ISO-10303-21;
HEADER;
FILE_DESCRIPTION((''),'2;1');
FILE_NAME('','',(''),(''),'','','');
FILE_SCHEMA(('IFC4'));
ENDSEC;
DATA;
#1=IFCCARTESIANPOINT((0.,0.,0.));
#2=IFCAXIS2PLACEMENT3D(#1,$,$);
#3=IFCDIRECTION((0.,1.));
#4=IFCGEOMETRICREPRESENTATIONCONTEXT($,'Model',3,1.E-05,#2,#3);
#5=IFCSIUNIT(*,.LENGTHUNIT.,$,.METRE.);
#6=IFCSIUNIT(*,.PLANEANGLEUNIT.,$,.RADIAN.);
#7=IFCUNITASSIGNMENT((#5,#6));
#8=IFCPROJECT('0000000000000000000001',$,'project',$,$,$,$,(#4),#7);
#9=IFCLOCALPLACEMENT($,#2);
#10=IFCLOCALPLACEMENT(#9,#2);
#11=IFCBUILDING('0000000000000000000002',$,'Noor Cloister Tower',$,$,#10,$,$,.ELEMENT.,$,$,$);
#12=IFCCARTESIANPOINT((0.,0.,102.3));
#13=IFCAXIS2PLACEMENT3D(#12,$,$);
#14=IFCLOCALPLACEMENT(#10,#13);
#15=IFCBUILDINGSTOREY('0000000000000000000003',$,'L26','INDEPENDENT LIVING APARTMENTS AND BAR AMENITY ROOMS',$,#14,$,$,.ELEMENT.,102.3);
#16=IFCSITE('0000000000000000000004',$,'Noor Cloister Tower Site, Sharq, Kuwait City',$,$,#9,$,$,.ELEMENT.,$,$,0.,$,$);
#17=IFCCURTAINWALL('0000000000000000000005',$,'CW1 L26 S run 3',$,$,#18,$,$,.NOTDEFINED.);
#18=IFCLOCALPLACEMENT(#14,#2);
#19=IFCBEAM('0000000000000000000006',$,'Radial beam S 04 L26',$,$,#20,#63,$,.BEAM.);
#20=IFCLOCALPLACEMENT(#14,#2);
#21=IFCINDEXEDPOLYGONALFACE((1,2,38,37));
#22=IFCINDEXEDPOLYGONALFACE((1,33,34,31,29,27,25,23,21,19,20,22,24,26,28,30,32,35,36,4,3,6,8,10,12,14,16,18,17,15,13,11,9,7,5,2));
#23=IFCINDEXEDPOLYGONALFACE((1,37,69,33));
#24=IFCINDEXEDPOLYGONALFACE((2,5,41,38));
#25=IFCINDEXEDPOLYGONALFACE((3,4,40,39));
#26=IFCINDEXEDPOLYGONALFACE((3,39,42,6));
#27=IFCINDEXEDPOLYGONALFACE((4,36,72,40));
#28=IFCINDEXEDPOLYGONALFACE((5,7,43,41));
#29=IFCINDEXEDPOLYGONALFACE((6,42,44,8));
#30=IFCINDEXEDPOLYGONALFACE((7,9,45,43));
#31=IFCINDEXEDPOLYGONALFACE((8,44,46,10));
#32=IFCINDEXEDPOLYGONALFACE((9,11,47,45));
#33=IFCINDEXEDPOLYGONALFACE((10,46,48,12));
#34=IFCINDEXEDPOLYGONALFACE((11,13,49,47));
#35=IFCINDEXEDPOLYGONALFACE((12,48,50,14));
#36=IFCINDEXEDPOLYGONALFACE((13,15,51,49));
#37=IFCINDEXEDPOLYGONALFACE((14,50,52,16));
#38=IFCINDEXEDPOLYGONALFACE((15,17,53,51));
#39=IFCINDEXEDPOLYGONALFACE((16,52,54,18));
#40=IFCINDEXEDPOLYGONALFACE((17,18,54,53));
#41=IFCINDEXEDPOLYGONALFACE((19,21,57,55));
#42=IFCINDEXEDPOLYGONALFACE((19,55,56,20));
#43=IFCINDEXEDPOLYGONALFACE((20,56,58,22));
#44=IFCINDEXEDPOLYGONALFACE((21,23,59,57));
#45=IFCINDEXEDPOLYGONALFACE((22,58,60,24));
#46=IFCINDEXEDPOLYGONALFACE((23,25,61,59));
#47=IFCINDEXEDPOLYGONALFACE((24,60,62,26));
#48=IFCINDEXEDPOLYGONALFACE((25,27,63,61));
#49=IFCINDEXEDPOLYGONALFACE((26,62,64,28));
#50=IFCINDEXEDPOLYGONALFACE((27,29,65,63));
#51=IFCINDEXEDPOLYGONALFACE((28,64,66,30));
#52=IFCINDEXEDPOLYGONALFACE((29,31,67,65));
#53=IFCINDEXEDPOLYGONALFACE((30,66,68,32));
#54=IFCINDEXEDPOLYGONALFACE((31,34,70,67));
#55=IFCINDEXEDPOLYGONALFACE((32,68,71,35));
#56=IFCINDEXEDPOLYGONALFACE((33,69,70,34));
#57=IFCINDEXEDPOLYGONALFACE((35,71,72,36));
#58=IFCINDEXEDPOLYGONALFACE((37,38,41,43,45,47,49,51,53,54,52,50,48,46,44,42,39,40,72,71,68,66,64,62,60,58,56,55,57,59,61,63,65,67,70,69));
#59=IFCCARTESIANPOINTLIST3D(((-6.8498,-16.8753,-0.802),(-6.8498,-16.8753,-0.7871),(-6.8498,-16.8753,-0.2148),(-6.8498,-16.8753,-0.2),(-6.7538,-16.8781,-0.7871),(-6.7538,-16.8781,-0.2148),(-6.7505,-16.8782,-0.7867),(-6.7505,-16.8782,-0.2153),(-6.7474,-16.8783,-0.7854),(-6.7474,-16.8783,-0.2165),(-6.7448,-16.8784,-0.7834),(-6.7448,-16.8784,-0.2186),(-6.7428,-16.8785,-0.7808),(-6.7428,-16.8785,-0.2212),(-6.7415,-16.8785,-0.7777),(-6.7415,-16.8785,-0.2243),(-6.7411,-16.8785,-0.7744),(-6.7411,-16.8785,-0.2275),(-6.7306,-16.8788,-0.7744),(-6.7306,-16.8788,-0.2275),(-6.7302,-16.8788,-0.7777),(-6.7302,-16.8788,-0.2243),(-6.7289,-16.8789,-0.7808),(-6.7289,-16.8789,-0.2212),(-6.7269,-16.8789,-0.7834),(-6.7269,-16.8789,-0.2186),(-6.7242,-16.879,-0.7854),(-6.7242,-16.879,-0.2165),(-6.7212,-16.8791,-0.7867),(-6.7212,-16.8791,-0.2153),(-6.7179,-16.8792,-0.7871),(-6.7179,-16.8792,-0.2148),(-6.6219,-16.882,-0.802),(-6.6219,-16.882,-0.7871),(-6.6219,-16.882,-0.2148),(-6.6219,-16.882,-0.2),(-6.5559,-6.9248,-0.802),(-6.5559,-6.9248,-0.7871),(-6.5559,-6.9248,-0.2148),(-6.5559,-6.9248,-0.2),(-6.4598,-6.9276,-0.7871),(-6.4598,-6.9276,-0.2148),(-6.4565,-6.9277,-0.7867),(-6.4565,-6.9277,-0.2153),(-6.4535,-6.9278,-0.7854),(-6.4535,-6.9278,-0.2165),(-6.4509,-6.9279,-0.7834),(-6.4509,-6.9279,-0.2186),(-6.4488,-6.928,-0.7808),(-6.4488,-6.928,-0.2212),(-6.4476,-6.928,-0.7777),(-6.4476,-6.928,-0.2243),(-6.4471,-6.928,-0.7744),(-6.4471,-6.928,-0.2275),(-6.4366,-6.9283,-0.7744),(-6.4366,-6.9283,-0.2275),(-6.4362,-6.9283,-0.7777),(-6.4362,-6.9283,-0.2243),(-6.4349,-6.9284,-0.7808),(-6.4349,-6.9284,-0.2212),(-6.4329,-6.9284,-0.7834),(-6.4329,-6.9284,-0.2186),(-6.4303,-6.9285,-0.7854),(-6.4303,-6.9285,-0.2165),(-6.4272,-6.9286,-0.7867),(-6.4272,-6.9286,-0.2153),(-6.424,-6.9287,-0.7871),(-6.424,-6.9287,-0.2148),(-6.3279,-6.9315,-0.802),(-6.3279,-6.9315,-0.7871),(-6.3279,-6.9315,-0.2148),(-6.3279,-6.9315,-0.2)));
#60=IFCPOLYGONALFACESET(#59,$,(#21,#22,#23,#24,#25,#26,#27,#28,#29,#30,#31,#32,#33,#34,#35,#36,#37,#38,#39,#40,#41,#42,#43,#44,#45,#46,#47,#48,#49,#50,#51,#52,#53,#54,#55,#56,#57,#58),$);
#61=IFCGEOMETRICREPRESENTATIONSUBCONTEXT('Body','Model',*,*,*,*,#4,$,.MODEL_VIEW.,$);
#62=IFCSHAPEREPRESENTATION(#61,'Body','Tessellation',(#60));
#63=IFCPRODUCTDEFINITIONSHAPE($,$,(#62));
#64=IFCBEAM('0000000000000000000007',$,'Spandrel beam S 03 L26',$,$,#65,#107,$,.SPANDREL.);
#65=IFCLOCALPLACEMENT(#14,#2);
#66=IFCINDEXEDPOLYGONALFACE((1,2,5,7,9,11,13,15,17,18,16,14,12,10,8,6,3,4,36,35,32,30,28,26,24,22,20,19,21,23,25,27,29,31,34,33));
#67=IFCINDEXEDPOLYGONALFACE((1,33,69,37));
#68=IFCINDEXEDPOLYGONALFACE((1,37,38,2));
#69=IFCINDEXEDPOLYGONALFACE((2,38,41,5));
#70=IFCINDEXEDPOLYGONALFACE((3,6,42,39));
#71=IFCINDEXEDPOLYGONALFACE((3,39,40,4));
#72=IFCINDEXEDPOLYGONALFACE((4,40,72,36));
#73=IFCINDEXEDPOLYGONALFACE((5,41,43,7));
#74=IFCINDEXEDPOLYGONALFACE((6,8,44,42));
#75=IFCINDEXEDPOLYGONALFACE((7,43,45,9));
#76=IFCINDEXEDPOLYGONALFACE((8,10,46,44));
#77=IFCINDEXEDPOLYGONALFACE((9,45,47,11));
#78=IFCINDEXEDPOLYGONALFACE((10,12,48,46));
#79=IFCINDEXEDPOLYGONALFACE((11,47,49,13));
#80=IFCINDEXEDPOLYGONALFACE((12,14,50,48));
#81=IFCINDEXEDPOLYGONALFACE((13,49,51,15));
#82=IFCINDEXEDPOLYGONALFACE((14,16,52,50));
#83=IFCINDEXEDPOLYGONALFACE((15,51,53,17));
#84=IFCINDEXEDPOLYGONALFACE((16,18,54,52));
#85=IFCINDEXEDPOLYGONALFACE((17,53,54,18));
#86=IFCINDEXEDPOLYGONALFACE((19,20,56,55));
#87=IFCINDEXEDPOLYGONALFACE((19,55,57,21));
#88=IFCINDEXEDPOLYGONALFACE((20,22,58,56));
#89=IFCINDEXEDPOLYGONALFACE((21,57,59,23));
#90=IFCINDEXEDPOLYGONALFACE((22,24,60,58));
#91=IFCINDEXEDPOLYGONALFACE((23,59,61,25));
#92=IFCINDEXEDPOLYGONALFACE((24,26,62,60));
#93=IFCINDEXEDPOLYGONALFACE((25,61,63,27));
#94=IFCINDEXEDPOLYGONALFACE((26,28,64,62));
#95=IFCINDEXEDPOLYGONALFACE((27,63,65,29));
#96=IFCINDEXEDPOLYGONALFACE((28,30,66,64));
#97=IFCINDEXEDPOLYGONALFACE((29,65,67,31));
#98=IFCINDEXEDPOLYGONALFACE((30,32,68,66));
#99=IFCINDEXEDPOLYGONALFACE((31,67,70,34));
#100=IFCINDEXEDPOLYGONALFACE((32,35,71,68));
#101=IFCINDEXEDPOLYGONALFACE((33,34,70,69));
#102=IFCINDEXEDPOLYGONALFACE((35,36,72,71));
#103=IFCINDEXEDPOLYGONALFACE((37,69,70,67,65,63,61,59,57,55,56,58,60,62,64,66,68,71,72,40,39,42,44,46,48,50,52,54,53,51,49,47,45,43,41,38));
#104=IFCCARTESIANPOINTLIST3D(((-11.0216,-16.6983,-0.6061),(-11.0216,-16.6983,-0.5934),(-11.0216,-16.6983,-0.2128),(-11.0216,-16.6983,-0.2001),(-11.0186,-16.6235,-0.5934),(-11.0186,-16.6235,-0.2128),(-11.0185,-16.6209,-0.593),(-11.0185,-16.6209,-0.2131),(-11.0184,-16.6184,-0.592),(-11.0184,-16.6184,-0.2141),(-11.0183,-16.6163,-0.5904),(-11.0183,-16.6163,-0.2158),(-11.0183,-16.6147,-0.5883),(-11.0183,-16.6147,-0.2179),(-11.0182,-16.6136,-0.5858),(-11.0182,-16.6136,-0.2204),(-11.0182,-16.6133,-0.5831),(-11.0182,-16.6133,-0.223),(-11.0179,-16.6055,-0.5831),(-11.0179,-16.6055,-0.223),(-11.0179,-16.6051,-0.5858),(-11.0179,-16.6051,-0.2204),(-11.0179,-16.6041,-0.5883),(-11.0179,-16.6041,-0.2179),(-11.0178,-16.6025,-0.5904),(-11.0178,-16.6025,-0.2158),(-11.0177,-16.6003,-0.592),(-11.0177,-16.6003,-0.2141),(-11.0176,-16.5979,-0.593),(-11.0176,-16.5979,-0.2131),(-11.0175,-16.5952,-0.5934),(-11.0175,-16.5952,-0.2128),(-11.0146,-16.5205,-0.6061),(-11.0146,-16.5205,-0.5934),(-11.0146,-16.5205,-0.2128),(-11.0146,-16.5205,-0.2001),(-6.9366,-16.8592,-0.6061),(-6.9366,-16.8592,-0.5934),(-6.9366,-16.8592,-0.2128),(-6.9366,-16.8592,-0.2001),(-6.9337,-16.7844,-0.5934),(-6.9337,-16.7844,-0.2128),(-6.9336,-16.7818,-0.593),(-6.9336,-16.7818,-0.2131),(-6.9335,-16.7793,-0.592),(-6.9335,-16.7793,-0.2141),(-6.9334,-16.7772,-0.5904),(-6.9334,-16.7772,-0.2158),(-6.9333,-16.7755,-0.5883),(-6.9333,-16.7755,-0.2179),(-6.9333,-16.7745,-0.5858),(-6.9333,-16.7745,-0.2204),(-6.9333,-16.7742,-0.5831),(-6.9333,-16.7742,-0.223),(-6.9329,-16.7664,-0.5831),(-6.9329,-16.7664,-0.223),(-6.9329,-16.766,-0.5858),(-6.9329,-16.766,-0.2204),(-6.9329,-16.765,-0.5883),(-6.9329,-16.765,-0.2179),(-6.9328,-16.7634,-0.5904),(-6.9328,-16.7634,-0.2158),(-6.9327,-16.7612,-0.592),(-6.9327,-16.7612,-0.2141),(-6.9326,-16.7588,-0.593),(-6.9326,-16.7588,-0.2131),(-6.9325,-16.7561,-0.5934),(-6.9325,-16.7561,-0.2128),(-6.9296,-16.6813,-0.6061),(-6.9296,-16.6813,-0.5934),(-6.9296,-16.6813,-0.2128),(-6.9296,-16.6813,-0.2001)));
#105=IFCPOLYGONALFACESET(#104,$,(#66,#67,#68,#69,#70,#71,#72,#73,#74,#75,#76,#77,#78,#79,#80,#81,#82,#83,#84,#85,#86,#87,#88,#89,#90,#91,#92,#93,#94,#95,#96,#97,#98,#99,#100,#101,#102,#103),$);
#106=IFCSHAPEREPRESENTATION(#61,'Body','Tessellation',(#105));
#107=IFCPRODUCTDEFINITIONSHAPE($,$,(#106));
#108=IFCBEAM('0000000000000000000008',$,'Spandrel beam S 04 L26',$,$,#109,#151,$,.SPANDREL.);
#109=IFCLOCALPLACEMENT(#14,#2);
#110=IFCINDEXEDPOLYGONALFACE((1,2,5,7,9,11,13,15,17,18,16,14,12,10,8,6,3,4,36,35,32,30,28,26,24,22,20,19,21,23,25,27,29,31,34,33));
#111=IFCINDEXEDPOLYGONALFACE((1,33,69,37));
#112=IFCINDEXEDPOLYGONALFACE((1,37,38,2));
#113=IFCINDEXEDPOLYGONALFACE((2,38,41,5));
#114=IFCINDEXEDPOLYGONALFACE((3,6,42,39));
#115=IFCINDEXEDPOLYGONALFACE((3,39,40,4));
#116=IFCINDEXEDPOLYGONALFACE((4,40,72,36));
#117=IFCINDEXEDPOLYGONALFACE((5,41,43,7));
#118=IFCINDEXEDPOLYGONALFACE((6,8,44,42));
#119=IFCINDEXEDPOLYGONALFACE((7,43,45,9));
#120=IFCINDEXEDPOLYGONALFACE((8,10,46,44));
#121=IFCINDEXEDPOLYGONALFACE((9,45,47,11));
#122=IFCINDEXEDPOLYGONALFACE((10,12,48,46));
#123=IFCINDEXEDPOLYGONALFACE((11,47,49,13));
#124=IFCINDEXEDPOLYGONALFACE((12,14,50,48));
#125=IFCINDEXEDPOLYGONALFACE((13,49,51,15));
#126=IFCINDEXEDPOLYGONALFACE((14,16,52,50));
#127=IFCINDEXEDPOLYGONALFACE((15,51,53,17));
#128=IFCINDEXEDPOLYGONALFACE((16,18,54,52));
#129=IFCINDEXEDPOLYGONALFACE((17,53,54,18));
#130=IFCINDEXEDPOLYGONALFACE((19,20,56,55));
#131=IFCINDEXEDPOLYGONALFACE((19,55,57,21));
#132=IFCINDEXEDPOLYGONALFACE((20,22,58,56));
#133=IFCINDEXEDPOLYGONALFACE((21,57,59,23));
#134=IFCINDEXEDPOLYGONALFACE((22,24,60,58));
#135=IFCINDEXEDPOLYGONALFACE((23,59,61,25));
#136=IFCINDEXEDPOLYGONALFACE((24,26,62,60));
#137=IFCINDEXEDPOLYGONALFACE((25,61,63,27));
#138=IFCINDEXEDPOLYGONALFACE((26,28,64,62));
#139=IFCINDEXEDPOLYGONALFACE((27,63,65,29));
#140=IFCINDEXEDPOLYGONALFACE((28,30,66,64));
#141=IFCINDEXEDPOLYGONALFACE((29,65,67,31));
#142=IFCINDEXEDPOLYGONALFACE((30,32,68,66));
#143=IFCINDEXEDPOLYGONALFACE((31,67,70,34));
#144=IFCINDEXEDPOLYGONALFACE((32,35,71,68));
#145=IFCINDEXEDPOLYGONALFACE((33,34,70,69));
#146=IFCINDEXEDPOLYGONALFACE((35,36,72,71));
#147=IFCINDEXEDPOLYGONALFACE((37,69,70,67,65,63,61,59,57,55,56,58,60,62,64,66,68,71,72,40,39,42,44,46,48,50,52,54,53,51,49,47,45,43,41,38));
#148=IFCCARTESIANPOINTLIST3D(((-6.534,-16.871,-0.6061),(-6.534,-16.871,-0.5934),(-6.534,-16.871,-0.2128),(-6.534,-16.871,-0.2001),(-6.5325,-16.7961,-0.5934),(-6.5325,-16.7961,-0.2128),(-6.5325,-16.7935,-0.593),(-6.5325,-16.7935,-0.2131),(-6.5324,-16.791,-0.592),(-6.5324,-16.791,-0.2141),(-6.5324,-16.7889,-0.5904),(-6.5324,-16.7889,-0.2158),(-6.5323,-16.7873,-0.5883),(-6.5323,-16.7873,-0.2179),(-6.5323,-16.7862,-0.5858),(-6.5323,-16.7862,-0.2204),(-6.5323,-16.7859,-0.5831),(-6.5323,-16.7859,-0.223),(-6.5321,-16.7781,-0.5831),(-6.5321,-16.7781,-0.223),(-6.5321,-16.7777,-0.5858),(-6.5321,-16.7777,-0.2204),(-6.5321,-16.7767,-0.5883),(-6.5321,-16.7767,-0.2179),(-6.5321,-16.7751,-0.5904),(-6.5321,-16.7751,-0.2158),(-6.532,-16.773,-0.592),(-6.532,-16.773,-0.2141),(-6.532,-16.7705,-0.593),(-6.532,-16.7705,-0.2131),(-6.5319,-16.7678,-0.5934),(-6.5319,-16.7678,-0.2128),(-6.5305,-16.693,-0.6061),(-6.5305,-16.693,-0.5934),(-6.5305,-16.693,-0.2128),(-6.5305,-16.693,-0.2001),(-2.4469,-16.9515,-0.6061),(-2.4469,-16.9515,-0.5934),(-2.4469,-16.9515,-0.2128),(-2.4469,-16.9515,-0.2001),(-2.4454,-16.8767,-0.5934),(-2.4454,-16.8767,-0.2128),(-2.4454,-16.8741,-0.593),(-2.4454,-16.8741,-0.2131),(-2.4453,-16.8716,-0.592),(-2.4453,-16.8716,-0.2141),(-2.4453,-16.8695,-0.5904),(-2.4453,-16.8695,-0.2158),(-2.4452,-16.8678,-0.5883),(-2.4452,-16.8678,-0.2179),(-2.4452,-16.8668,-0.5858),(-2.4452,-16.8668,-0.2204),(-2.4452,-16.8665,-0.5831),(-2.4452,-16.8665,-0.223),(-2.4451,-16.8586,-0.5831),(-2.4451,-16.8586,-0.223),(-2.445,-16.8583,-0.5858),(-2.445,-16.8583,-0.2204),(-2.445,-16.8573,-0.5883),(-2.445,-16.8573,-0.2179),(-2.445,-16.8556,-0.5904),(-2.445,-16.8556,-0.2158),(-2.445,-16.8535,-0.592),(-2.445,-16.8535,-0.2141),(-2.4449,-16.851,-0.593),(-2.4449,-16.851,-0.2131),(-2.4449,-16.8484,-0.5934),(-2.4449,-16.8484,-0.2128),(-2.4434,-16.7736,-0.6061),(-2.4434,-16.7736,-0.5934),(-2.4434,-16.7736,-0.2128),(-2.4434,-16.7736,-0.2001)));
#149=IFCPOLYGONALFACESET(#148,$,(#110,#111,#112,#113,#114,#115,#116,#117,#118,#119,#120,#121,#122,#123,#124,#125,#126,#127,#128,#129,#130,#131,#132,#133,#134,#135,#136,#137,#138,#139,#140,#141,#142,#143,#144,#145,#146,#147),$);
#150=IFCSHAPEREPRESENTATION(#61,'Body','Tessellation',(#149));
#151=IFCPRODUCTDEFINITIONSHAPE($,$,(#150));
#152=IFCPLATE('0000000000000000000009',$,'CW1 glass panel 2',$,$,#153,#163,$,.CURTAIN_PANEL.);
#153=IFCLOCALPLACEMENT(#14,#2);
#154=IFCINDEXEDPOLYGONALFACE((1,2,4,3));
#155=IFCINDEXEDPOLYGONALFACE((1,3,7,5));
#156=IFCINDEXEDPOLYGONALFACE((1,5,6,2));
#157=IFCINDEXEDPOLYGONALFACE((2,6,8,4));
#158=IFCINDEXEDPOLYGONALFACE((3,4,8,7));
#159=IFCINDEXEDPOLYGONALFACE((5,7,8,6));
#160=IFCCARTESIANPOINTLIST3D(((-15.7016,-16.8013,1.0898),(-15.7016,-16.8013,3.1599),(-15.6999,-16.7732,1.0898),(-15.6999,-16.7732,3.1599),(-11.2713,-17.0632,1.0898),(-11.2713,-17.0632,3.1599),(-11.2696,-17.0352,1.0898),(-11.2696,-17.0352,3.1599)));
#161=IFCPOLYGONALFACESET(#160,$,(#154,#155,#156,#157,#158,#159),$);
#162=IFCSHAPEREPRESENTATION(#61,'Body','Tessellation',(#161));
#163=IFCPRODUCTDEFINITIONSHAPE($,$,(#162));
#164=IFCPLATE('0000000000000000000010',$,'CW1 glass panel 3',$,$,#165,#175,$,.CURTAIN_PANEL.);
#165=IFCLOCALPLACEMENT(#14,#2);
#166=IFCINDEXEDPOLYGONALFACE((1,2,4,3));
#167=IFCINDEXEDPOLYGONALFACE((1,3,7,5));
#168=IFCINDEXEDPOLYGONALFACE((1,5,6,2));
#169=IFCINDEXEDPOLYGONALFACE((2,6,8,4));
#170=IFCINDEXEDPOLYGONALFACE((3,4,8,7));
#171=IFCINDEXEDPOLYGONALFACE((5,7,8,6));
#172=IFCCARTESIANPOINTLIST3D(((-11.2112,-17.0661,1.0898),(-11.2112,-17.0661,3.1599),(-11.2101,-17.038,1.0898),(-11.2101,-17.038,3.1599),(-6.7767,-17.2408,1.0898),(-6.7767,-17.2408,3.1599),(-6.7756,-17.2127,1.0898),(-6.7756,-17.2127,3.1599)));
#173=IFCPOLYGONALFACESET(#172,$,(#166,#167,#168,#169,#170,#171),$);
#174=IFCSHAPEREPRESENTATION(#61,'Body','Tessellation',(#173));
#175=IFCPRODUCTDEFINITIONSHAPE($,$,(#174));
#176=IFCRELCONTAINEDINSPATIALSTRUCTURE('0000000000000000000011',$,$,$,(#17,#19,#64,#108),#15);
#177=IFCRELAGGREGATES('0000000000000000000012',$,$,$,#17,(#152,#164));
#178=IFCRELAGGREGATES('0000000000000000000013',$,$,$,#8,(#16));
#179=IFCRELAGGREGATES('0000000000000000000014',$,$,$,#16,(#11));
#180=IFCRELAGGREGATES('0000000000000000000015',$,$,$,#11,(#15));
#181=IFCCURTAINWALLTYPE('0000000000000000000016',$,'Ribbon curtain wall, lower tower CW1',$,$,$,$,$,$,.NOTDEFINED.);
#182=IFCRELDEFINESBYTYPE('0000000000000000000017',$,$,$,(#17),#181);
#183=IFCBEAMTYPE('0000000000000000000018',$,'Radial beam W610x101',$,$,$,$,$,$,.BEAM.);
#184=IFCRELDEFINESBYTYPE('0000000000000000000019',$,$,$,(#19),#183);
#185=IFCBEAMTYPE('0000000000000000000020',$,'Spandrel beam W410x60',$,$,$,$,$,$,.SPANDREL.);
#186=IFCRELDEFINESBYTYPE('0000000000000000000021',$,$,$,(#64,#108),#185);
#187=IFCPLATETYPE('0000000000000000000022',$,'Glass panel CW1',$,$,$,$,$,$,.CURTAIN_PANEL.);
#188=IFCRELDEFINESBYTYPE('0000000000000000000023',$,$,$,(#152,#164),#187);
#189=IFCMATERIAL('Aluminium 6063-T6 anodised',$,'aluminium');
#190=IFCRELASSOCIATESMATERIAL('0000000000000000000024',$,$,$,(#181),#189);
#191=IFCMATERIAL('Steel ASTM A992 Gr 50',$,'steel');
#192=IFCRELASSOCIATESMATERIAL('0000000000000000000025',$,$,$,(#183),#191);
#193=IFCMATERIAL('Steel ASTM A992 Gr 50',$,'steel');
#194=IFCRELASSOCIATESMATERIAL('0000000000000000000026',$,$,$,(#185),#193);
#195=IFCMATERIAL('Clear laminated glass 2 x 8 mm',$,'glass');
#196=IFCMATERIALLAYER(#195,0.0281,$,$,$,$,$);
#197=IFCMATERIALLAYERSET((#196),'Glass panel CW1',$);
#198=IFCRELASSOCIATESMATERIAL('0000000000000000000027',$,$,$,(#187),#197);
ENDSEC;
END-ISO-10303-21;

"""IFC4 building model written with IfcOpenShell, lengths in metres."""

from ifc_helpers import new_model, si_unit, direction, frame, origin, origin_2d, place, context, subcontext, project, spatial, rectangle, i_section, extrude, material, layer, layer_set, material_profile, profile_set, type_object, element, aggregate, save


model = new_model("IFC4")

# Units and contexts
model_context = context("Model", 3, precision=1e-05, world=origin(), true_north=direction((0.0, 1.0)))
body_context = subcontext(model_context, "Body", "Model", "MODEL_VIEW")
ifc_project = project(units=[si_unit("LENGTHUNIT", "METRE"), si_unit("PLANEANGLEUNIT", "RADIAN")], contexts=[model_context])

# Site, building, storey
site_placement = place(None, origin())
site = spatial("IfcSite", under=ifc_project, at=site_placement, Name="Noor Cloister Tower Site, Sharq, Kuwait City", CompositionType="ELEMENT", RefElevation=0.0)
building_placement = place(site_placement, origin())
building = spatial("IfcBuilding", under=site, at=building_placement, Name="Noor Cloister Tower", CompositionType="ELEMENT")
storey_placement = place(building_placement, frame((0.0, 0.0, 102.3)))
storey = spatial("IfcBuildingStorey", under=building, at=storey_placement, Name="L26", Description="INDEPENDENT LIVING APARTMENTS AND BAR AMENITY ROOMS", CompositionType="ELEMENT", Elevation=102.3)

# Curtain wall
ifc_material_1 = material(Name="Aluminium 6063-T6 anodised", Category="aluminium")
curtain_wall_type = type_object("IfcCurtainWallType", Name="Ribbon curtain wall, lower tower CW1", PredefinedType="NOTDEFINED", material=ifc_material_1)
curtain_wall_placement = place(storey_placement, origin())
curtain_wall = element("IfcCurtainWall", 1, at=curtain_wall_placement, inside=storey, type_object=curtain_wall_type, Name="CW1 L26 S run 3", PredefinedType="NOTDEFINED")

# Beams
ifc_material_2 = material(Name="Steel ASTM A992 Gr 50", Category="steel")
ifc_material_profile_1 = material_profile(ifc_material_2, i_section(OverallWidth=0.228, OverallDepth=0.6021, WebThickness=0.0105, FlangeThickness=0.0149, FilletRadius=0.0127, at=origin_2d()), Name="W610x101")
ifc_profile_set_1 = profile_set([ifc_material_profile_1], Name="Steel ASTM A992 Gr 50")
beam_type_1 = type_object("IfcBeamType", Name="Radial beam W610x101", PredefinedType="BEAM", material=ifc_profile_set_1)
beam_1_placement = place(storey_placement, frame((-6.7358, -16.8787, -0.501), z_axis=(0.029528, 0.999564, 0.0), x_axis=(-0.999564, 0.029528, 0.0)))
element("IfcBeam", 2, at=beam_1_placement, inside=storey, type_object=beam_type_1, Name="Radial beam S 04 L26", PredefinedType="BEAM", context=body_context, shape_type="SweptSolid", body=[
    extrude(i_section(OverallWidth=0.228, OverallDepth=0.6021, WebThickness=0.0105, FlangeThickness=0.0149, FilletRadius=0.0127, at=origin_2d()), origin(), (0.0, 0.0, 1.0), 9.9548),
])
ifc_material_3 = material(Name="Steel ASTM A992 Gr 50", Category="steel")
ifc_material_profile_2 = material_profile(ifc_material_3, i_section(OverallWidth=0.178, OverallDepth=0.406, WebThickness=0.0078, FlangeThickness=0.0127, FilletRadius=0.0103, at=origin_2d()), Name="W410x60")
ifc_profile_set_2 = profile_set([ifc_material_profile_2], Name="Steel ASTM A992 Gr 50")
beam_type_2 = type_object("IfcBeamType", Name="Spandrel beam W410x60", PredefinedType="SPANDREL", material=ifc_profile_set_2)
beam_2_placement = place(storey_placement, frame((-11.0181, -16.6094, -0.4031), z_axis=(0.999225, -0.039355, 0.0), x_axis=(0.039355, 0.999225, 0.0)))
element("IfcBeam", 3, at=beam_2_placement, inside=storey, type_object=beam_type_2, Name="Spandrel beam S 03 L26", PredefinedType="SPANDREL", context=body_context, shape_type="SweptSolid", body=[
    extrude(i_section(OverallWidth=0.178, OverallDepth=0.406, WebThickness=0.0078, FlangeThickness=0.0127, FilletRadius=0.0103, at=origin_2d()), origin(), (0.0, 0.0, 1.0), 4.0881),
])
beam_3_placement = place(storey_placement, frame((-6.5322, -16.782, -0.4031), z_axis=(0.999806, -0.019708, 0.0), x_axis=(0.019708, 0.999806, 0.0)))
element("IfcBeam", 4, at=beam_3_placement, inside=storey, type_object=beam_type_2, Name="Spandrel beam S 04 L26", PredefinedType="SPANDREL", context=body_context, shape_type="SweptSolid", body=[
    extrude(i_section(OverallWidth=0.178, OverallDepth=0.406, WebThickness=0.0078, FlangeThickness=0.0127, FilletRadius=0.0103, at=origin_2d()), origin(), (0.0, 0.0, 1.0), 4.0879),
])

# Plates
ifc_material_4 = material(Name="Clear laminated glass 2 x 8 mm", Category="glass")
ifc_layer = layer(ifc_material_4, 0.0281)
ifc_layer_set = layer_set([ifc_layer], Name="Glass panel CW1")
plate_type = type_object("IfcPlateType", Name="Glass panel CW1", PredefinedType="CURTAIN_PANEL", material=ifc_layer_set)
plate_1_placement = place(storey_placement, frame((-13.4856, -16.9182, 1.0898), z_axis=(0.0, 0.0, 1.0), x_axis=(0.998257, -0.059016, 0.0)))
plate_1 = element("IfcPlate", 5, at=plate_1_placement, type_object=plate_type, Name="CW1 glass panel 2", PredefinedType="CURTAIN_PANEL", context=body_context, shape_type="SweptSolid", body=[
    extrude(rectangle(XDim=4.438, YDim=0.0281, at=origin_2d()), origin(), (0.0, 0.0, 1.0), 2.0701),
])
plate_2_placement = place(storey_placement, frame((-8.9934, -17.1394, 1.0898), z_axis=(0.0, 0.0, 1.0), x_axis=(0.999225, -0.039356, 0.0)))
plate_2 = element("IfcPlate", 6, at=plate_2_placement, type_object=plate_type, Name="CW1 glass panel 3", PredefinedType="CURTAIN_PANEL", context=body_context, shape_type="SweptSolid", body=[
    extrude(rectangle(XDim=4.438, YDim=0.0281, at=origin_2d()), origin(), (0.0, 0.0, 1.0), 2.0701),
])
aggregate(curtain_wall, [plate_1, plate_2])

save(model, "model.ifc")
